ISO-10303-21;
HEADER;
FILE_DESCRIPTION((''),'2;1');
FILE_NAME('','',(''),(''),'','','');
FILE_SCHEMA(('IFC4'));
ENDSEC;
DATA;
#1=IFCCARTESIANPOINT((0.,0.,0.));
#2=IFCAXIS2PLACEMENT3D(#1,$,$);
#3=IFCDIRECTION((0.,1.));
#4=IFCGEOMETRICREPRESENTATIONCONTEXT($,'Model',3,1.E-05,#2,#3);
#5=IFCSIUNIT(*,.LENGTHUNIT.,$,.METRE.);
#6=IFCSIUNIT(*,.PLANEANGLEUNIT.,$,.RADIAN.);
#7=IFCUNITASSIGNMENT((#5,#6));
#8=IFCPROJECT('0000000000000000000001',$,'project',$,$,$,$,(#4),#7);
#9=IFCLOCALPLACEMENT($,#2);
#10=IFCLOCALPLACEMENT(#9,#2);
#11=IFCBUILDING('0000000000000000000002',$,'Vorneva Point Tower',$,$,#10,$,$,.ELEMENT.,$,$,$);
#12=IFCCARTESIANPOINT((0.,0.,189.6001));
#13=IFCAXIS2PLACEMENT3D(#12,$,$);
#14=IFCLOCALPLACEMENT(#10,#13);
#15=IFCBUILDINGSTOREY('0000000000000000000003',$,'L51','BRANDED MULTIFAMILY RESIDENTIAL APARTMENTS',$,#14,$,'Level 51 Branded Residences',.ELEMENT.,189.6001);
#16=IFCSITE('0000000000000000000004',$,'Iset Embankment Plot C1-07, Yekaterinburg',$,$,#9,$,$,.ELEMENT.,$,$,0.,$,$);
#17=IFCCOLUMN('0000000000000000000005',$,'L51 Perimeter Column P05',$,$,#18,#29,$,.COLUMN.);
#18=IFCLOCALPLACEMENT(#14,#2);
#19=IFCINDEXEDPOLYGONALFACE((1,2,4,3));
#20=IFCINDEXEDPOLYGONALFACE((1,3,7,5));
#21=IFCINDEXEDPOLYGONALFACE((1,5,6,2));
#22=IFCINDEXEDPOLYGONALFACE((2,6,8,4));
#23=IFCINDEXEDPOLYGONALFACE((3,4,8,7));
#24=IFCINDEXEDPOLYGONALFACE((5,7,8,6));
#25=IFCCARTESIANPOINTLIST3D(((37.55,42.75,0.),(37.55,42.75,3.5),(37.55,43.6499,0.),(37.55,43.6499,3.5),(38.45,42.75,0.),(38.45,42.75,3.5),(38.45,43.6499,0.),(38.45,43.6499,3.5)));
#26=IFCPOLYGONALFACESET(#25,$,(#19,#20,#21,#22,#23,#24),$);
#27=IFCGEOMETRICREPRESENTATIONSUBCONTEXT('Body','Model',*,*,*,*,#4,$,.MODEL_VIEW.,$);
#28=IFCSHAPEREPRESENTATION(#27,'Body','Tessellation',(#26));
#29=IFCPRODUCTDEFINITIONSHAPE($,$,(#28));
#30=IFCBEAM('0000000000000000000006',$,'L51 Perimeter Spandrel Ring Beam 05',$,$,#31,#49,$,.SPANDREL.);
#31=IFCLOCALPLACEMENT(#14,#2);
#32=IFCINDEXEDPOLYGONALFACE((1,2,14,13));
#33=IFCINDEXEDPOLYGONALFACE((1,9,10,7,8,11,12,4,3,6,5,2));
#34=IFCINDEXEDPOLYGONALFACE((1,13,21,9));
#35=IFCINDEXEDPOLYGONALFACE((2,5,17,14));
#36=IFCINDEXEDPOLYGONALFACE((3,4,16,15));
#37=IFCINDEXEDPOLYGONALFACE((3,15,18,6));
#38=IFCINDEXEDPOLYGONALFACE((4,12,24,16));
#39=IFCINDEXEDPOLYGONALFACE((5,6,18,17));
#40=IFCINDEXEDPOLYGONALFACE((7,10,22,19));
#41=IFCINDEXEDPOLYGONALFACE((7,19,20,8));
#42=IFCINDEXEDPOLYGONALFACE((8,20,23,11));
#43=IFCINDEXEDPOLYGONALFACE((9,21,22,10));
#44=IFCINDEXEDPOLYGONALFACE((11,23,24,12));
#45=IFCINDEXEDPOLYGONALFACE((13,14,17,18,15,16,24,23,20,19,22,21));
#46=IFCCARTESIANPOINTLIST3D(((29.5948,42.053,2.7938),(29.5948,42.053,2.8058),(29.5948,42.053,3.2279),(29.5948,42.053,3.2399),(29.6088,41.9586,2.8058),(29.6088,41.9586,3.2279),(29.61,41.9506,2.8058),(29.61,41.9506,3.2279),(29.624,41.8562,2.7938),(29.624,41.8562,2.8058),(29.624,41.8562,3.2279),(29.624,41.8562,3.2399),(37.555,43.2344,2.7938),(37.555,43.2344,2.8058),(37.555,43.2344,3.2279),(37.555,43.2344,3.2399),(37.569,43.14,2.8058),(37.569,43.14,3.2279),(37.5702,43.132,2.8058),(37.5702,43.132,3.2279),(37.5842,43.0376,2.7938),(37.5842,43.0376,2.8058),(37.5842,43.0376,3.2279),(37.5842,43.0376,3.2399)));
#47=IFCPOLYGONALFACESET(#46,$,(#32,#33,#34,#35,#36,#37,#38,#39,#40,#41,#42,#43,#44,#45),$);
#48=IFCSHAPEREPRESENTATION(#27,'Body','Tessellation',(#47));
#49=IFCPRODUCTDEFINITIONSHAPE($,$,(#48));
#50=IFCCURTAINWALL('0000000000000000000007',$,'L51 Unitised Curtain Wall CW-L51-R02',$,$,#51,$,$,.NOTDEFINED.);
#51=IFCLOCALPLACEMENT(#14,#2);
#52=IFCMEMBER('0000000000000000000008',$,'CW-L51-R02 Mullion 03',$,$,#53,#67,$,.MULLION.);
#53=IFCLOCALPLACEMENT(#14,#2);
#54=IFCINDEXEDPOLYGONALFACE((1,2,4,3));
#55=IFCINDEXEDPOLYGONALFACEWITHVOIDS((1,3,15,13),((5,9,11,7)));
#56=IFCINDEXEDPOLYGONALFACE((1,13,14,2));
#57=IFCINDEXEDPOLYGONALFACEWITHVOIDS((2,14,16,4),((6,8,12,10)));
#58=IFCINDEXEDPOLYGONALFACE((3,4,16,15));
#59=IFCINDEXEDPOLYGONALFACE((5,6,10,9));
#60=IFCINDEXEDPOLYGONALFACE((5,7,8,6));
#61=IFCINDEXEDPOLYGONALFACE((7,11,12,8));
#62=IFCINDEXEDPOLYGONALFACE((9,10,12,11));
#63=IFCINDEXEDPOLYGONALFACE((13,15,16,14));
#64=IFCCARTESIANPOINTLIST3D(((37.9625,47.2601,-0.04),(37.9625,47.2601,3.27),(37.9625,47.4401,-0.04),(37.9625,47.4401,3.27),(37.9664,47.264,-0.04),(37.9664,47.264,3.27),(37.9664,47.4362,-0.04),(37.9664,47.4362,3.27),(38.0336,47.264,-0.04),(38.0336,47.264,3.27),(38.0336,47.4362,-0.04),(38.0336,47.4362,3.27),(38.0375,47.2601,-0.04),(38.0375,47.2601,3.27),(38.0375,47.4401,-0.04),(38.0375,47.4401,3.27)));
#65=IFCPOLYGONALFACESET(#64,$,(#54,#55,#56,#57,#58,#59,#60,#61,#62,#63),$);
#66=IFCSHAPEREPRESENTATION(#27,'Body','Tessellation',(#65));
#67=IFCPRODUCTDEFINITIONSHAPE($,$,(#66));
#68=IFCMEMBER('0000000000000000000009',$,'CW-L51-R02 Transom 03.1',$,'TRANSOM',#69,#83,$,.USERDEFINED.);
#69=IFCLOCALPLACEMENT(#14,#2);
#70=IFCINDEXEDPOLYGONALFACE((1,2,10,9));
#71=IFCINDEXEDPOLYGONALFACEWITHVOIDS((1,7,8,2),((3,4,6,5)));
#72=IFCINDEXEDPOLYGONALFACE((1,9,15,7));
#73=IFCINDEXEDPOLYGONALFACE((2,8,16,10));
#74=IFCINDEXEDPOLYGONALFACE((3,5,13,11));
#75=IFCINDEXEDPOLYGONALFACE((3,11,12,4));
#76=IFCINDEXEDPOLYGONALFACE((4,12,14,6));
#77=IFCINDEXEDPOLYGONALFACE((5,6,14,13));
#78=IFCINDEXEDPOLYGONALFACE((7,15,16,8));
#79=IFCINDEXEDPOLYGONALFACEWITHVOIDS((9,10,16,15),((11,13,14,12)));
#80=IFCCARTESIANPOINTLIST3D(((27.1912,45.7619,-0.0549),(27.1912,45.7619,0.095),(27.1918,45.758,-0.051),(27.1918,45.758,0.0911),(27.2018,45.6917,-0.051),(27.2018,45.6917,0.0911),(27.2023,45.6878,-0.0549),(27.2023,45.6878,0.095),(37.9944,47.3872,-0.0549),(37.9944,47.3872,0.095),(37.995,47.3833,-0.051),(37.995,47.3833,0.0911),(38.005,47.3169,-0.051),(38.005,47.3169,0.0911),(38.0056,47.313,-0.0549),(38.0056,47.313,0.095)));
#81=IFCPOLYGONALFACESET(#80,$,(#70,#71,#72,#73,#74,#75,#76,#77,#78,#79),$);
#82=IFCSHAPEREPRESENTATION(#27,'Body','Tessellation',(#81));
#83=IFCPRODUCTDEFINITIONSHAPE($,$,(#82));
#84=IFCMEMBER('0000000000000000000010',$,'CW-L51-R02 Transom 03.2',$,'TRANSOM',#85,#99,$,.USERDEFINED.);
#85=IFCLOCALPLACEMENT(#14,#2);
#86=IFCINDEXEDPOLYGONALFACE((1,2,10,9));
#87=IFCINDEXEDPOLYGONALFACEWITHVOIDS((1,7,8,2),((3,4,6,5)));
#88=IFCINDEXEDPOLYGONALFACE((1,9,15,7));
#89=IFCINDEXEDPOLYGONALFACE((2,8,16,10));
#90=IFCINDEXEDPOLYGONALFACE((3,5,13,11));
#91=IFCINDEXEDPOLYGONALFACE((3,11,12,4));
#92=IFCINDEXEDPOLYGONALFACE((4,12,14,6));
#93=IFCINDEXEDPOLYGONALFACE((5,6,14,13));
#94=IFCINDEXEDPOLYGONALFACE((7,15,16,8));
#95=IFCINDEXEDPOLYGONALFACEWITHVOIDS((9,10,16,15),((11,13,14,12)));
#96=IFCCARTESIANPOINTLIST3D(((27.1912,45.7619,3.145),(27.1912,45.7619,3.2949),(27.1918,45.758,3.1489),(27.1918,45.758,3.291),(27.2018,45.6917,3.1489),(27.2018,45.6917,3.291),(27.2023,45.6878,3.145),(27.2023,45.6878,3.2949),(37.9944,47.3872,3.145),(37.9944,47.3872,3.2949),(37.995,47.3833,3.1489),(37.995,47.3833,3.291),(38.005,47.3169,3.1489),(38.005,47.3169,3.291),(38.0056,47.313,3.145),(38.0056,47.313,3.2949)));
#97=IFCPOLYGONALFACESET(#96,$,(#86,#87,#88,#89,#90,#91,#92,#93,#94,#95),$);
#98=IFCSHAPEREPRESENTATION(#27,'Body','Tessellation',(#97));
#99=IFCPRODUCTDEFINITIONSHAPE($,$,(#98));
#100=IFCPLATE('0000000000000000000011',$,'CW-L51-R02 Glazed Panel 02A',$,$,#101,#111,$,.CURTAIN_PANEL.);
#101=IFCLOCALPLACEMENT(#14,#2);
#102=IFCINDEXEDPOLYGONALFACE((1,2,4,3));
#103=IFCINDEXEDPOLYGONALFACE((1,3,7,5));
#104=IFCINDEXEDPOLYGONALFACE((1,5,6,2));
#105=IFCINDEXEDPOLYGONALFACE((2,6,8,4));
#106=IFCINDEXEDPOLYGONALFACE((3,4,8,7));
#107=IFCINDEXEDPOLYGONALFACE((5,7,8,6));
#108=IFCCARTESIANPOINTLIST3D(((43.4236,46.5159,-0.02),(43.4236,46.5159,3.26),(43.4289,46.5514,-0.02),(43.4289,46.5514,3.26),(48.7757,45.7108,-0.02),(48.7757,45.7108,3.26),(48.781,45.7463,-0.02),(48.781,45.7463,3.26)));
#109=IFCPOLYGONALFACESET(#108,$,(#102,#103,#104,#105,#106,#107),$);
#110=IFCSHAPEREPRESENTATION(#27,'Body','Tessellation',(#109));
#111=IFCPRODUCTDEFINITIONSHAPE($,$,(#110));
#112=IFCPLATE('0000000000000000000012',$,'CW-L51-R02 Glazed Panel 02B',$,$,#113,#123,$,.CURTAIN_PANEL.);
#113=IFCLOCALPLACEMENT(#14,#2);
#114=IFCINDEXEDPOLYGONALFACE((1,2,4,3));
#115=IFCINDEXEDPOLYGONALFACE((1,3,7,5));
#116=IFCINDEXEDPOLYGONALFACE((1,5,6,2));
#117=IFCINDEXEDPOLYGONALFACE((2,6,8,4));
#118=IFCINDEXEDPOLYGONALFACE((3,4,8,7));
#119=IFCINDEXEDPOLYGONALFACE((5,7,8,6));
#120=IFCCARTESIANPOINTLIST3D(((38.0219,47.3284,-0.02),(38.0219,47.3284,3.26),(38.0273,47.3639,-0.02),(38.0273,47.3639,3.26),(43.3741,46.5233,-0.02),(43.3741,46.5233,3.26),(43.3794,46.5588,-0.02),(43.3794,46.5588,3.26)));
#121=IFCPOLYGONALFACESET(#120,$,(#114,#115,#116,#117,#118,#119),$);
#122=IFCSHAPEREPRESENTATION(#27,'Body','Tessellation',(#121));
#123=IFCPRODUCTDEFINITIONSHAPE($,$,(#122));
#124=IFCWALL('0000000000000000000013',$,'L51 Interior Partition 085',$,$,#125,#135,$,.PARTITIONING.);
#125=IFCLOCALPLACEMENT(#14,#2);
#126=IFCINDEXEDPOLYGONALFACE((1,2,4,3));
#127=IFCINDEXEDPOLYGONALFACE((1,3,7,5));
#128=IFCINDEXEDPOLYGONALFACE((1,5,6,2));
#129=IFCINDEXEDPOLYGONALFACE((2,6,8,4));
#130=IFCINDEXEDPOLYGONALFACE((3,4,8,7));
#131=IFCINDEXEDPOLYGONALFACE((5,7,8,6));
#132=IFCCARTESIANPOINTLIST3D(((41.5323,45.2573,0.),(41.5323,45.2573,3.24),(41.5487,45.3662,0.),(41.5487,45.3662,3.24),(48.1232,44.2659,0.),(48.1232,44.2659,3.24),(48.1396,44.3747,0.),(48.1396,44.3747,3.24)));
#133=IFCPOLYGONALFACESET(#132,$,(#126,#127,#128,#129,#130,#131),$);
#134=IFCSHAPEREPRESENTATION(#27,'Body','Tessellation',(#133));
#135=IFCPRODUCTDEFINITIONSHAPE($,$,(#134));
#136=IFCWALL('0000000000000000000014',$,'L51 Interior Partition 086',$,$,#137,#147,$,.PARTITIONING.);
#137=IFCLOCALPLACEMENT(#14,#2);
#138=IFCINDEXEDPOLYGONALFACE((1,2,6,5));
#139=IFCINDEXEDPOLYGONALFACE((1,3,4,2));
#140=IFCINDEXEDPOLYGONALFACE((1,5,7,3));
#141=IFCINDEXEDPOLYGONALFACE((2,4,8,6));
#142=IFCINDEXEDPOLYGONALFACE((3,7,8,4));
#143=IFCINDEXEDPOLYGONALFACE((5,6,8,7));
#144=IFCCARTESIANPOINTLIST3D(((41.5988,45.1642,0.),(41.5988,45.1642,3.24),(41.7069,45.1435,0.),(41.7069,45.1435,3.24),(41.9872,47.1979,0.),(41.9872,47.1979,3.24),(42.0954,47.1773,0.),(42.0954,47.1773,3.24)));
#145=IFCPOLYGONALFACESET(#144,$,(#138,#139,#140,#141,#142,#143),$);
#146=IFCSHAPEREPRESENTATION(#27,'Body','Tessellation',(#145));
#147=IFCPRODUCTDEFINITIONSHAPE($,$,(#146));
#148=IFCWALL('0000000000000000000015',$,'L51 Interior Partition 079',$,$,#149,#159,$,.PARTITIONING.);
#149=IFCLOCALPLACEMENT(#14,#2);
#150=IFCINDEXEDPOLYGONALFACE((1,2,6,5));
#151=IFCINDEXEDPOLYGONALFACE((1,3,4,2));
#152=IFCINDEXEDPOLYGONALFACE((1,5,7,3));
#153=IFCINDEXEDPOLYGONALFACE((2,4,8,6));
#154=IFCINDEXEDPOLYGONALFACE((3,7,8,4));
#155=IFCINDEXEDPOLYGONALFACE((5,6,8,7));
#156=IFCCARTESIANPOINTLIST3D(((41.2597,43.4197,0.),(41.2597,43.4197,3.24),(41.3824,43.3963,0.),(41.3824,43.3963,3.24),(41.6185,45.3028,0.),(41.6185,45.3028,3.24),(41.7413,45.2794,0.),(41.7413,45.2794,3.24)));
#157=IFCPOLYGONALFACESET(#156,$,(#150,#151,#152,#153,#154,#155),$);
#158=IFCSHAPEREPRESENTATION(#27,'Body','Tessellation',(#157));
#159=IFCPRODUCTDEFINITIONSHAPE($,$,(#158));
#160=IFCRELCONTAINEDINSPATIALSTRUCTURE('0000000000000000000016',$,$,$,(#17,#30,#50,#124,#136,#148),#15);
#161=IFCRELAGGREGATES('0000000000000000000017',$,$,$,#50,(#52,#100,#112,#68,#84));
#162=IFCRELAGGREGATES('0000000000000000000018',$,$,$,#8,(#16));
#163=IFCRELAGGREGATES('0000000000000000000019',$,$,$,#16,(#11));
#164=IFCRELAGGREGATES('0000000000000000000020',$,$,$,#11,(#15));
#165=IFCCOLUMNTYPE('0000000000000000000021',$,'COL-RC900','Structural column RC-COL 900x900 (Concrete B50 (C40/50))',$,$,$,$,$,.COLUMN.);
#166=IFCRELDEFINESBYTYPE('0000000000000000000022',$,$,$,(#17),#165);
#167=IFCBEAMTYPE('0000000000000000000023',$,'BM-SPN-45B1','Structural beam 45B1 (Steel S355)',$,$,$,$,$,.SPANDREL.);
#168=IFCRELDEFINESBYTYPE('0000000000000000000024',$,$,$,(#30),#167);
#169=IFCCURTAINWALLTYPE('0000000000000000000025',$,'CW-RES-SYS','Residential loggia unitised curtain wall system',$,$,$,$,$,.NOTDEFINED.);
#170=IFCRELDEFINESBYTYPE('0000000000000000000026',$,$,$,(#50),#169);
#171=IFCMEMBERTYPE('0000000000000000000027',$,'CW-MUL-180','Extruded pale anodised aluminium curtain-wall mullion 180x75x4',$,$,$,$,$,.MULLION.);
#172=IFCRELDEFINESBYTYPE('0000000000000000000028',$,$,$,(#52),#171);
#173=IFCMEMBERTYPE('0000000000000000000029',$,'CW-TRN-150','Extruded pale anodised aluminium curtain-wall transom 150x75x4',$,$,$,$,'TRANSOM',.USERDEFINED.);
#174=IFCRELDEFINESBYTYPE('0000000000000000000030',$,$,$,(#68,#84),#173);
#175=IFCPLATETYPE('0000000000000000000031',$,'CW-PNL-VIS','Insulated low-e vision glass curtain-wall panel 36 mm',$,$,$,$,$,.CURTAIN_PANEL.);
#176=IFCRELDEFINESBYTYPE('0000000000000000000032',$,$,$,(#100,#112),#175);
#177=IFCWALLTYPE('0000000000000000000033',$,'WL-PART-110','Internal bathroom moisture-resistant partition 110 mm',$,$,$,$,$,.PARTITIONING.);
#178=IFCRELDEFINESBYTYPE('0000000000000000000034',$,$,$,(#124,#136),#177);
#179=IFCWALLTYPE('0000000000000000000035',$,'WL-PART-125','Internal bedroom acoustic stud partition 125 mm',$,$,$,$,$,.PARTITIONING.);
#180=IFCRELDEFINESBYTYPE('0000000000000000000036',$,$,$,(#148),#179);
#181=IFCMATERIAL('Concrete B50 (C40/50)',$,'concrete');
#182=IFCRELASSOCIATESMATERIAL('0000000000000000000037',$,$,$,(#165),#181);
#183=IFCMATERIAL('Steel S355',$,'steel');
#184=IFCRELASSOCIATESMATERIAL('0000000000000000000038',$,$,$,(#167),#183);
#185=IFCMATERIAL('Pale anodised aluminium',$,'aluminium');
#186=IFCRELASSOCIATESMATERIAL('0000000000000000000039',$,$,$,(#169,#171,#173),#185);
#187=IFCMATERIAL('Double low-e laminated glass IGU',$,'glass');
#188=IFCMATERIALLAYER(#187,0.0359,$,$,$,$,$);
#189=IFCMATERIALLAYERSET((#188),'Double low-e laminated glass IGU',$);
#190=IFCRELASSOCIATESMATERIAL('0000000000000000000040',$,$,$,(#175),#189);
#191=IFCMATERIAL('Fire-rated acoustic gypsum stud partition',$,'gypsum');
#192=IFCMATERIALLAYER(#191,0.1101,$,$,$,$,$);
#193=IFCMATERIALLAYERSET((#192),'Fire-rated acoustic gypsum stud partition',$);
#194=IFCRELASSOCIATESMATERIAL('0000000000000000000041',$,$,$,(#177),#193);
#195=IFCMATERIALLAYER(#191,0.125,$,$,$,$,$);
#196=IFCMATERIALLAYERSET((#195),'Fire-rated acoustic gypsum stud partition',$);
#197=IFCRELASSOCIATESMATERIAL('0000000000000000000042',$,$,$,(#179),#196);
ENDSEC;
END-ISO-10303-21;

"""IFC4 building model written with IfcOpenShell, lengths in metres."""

from ifc_helpers import new_model, si_unit, direction, frame, frame_2d, origin, origin_2d, place, context, subcontext, project, spatial, rectangle, hollow_rectangle, i_section, extrude, material, layer, layer_set, material_profile, profile_set, type_object, element, aggregate, save


model = new_model("IFC4")

# Units and contexts
model_context = context("Model", 3, precision=1e-05, world=origin(), true_north=direction((0.0, 1.0)))
body_context = subcontext(model_context, "Body", "Model", "MODEL_VIEW")
ifc_project = project(units=[si_unit("LENGTHUNIT", "METRE"), si_unit("PLANEANGLEUNIT", "RADIAN")], contexts=[model_context])

# Site, building, storey
site_placement = place(None, origin())
site = spatial("IfcSite", under=ifc_project, at=site_placement, Name="Iset Embankment Plot C1-07, Yekaterinburg", CompositionType="ELEMENT", RefElevation=0.0)
building_placement = place(site_placement, origin())
building = spatial("IfcBuilding", under=site, at=building_placement, Name="Vorneva Point Tower", CompositionType="ELEMENT")
storey_placement = place(building_placement, frame((0.0, 0.0, 189.6001)))
storey = spatial("IfcBuildingStorey", under=building, at=storey_placement, Name="L51", Description="BRANDED MULTIFAMILY RESIDENTIAL APARTMENTS", LongName="Level 51 Branded Residences", CompositionType="ELEMENT", Elevation=189.6001)

# Column
ifc_material_1 = material(Name="Concrete B50 (C40/50)", Category="concrete")
ifc_material_profile_1 = material_profile(ifc_material_1, rectangle(XDim=0.8999, YDim=0.8999, at=origin_2d()), Name="RC-COL 900x900")
ifc_profile_set_1 = profile_set([ifc_material_profile_1], Name="Concrete B50 (C40/50)")
column_type = type_object("IfcColumnType", Name="COL-RC900", Description="Structural column RC-COL 900x900 (Concrete B50 (C40/50))", PredefinedType="COLUMN", material=ifc_profile_set_1)
column_placement = place(storey_placement, frame((38.0, 43.2, 0.0), z_axis=(0.0, 0.0, 1.0), x_axis=(0.0, 1.0, 0.0)))
element("IfcColumn", 1, at=column_placement, inside=storey, type_object=column_type, Name="L51 Perimeter Column P05", PredefinedType="COLUMN", context=body_context, shape_type="SweptSolid", body=[
    extrude(rectangle(XDim=0.8999, YDim=0.8999, at=origin_2d()), origin(), (0.0, 0.0, 1.0), 3.5),
])

# Beam
ifc_material_2 = material(Name="Steel S355", Category="steel")
ifc_material_profile_2 = material_profile(ifc_material_2, i_section(OverallWidth=0.199, OverallDepth=0.446, WebThickness=0.0081, FlangeThickness=0.012, at=origin_2d()), Name="45B1")
ifc_profile_set_2 = profile_set([ifc_material_profile_2], Name="Steel S355")
beam_type = type_object("IfcBeamType", Name="BM-SPN-45B1", Description="Structural beam 45B1 (Steel S355)", PredefinedType="SPANDREL", material=ifc_profile_set_2)
beam_placement = place(storey_placement, frame((37.5696, 43.136, 3.0168), z_axis=(-0.989165, -0.146805, 0.0), x_axis=(0.146805, -0.989165, 0.0)))
element("IfcBeam", 2, at=beam_placement, inside=storey, type_object=beam_type, Name="L51 Perimeter Spandrel Ring Beam 05", PredefinedType="SPANDREL", context=body_context, shape_type="SweptSolid", body=[
    extrude(i_section(OverallWidth=0.199, OverallDepth=0.446, WebThickness=0.0081, FlangeThickness=0.012, at=origin_2d()), origin(), (0.0, 0.0, 1.0), 8.0474),
])

# Curtain wall, members, plates
ifc_material_3 = material(Name="Pale anodised aluminium", Category="aluminium")
curtain_wall_type = type_object("IfcCurtainWallType", Name="CW-RES-SYS", Description="Residential loggia unitised curtain wall system", PredefinedType="NOTDEFINED", material=ifc_material_3)
curtain_wall_placement = place(storey_placement, origin())
curtain_wall = element("IfcCurtainWall", 3, at=curtain_wall_placement, inside=storey, type_object=curtain_wall_type, Name="L51 Unitised Curtain Wall CW-L51-R02", PredefinedType="NOTDEFINED")
ifc_material_profile_3 = material_profile(ifc_material_3, hollow_rectangle(XDim=0.075, YDim=0.1799, WallThickness=0.0039, at=origin_2d()), Name="AL-MUL 180x75x4")
ifc_profile_set_3 = profile_set([ifc_material_profile_3], Name="Pale anodised aluminium")
member_type_1 = type_object("IfcMemberType", Name="CW-MUL-180", Description="Extruded pale anodised aluminium curtain-wall mullion 180x75x4", PredefinedType="MULLION", material=ifc_profile_set_3)
member_1_placement = place(storey_placement, frame((38.0, 47.3501, -0.04), z_axis=(0.0, 0.0, 1.0), x_axis=(1.0, 0.0, 0.0)))
member_1 = element("IfcMember", 4, at=member_1_placement, type_object=member_type_1, Name="CW-L51-R02 Mullion 03", PredefinedType="MULLION", context=body_context, shape_type="SweptSolid", body=[
    extrude(hollow_rectangle(XDim=0.075, YDim=0.1799, WallThickness=0.0039, at=origin_2d()), origin(), (0.0, 0.0, 1.0), 3.3101),
])
ifc_material_profile_4 = material_profile(ifc_material_3, hollow_rectangle(XDim=0.075, YDim=0.1499, WallThickness=0.0039, at=origin_2d()), Name="AL-TRN 150x75x4")
ifc_profile_set_4 = profile_set([ifc_material_profile_4], Name="Pale anodised aluminium")
member_type_2 = type_object("IfcMemberType", Name="CW-TRN-150", Description="Extruded pale anodised aluminium curtain-wall transom 150x75x4", ElementType="TRANSOM", PredefinedType="USERDEFINED", material=ifc_profile_set_4)
member_2_placement = place(storey_placement, frame((38.0, 47.3501, 0.02), z_axis=(-0.988872, -0.148767, 0.0), x_axis=(0.148767, -0.988872, 0.0)))
member_2 = element("IfcMember", 5, at=member_2_placement, type_object=member_type_2, Name="CW-L51-R02 Transom 03.1", ObjectType="TRANSOM", PredefinedType="USERDEFINED", context=body_context, shape_type="SweptSolid", body=[
    extrude(hollow_rectangle(XDim=0.075, YDim=0.1499, WallThickness=0.0039, at=origin_2d()), origin(), (0.0, 0.0, 1.0), 10.9248),
])
member_3_placement = place(storey_placement, frame((38.0, 47.3501, 3.22), z_axis=(-0.988872, -0.148767, 0.0), x_axis=(0.148767, -0.988872, 0.0)))
member_3 = element("IfcMember", 6, at=member_3_placement, type_object=member_type_2, Name="CW-L51-R02 Transom 03.2", ObjectType="TRANSOM", PredefinedType="USERDEFINED", context=body_context, shape_type="SweptSolid", body=[
    extrude(hollow_rectangle(XDim=0.075, YDim=0.1499, WallThickness=0.0039, at=origin_2d()), origin(), (0.0, 0.0, 1.0), 10.9248),
])
ifc_material_4 = material(Name="Double low-e laminated glass IGU", Category="glass")
ifc_layer_1 = layer(ifc_material_4, 0.0359)
ifc_layer_set_1 = layer_set([ifc_layer_1], Name="Double low-e laminated glass IGU")
plate_type = type_object("IfcPlateType", Name="CW-PNL-VIS", Description="Insulated low-e vision glass curtain-wall panel 36 mm", PredefinedType="CURTAIN_PANEL", material=ifc_layer_set_1)
plate_1_placement = place(storey_placement, frame((46.1023, 46.1311, -0.02), z_axis=(0.0, 0.0, 1.0), x_axis=(-0.988874, 0.148759, 0.0)))
plate_1 = element("IfcPlate", 7, at=plate_1_placement, type_object=plate_type, Name="CW-L51-R02 Glazed Panel 02A", PredefinedType="CURTAIN_PANEL", context=body_context, shape_type="SweptSolid", body=[
    extrude(rectangle(XDim=5.4124, YDim=0.0359, at=origin_2d()), origin(), (0.0, 0.0, 1.0), 3.28),
])
plate_2_placement = place(storey_placement, frame((40.7007, 46.9436, -0.02), z_axis=(0.0, 0.0, 1.0), x_axis=(-0.988874, 0.148759, 0.0)))
plate_2 = element("IfcPlate", 8, at=plate_2_placement, type_object=plate_type, Name="CW-L51-R02 Glazed Panel 02B", PredefinedType="CURTAIN_PANEL", context=body_context, shape_type="SweptSolid", body=[
    extrude(rectangle(XDim=5.4124, YDim=0.0359, at=origin_2d()), origin(), (0.0, 0.0, 1.0), 3.28),
])
aggregate(curtain_wall, [member_1, plate_1, plate_2, member_2, member_3])

# Walls
ifc_material_5 = material(Name="Fire-rated acoustic gypsum stud partition", Category="gypsum")
ifc_layer_2 = layer(ifc_material_5, 0.1101)
ifc_layer_set_2 = layer_set([ifc_layer_2], Name="Fire-rated acoustic gypsum stud partition")
wall_type_1 = type_object("IfcWallType", Name="WL-PART-110", Description="Internal bathroom moisture-resistant partition 110 mm", PredefinedType="PARTITIONING", material=ifc_layer_set_2)
wall_1_placement = place(storey_placement, frame((41.5405, 45.3118, 0.0), z_axis=(0.0, 0.0, 1.0), x_axis=(0.988874, -0.148756, 0.0)))
element("IfcWall", 9, at=wall_1_placement, inside=storey, type_object=wall_type_1, Name="L51 Interior Partition 085", PredefinedType="PARTITIONING", context=body_context, shape_type="SweptSolid", body=[
    extrude(rectangle(XDim=6.665, YDim=0.1101, at=frame_2d((3.3325, 0.0))), origin(), (0.0, 0.0, 1.0), 3.24),
])
wall_2_placement = place(storey_placement, frame((42.0413, 47.1875, 0.0), z_axis=(0.0, 0.0, 1.0), x_axis=(-0.187605, -0.982245, 0.0)))
element("IfcWall", 10, at=wall_2_placement, inside=storey, type_object=wall_type_1, Name="L51 Interior Partition 086", PredefinedType="PARTITIONING", context=body_context, shape_type="SweptSolid", body=[
    extrude(rectangle(XDim=2.0706, YDim=0.1101, at=frame_2d((1.0352, 0.0))), origin(), (0.0, 0.0, 1.0), 3.24),
])
ifc_layer_3 = layer(ifc_material_5, 0.125)
ifc_layer_set_3 = layer_set([ifc_layer_3], Name="Fire-rated acoustic gypsum stud partition")
wall_type_2 = type_object("IfcWallType", Name="WL-PART-125", Description="Internal bedroom acoustic stud partition 125 mm", PredefinedType="PARTITIONING", material=ifc_layer_set_3)
wall_3_placement = place(storey_placement, frame((41.321, 43.408, 0.0), z_axis=(0.0, 0.0, 1.0), x_axis=(0.187217, 0.982318, 0.0)))
element("IfcWall", 11, at=wall_3_placement, inside=storey, type_object=wall_type_2, Name="L51 Interior Partition 079", PredefinedType="PARTITIONING", context=body_context, shape_type="SweptSolid", body=[
    extrude(rectangle(XDim=1.917, YDim=0.125, at=frame_2d((0.9585, 0.0))), origin(), (0.0, 0.0, 1.0), 3.24),
])

save(model, "model.ifc")
